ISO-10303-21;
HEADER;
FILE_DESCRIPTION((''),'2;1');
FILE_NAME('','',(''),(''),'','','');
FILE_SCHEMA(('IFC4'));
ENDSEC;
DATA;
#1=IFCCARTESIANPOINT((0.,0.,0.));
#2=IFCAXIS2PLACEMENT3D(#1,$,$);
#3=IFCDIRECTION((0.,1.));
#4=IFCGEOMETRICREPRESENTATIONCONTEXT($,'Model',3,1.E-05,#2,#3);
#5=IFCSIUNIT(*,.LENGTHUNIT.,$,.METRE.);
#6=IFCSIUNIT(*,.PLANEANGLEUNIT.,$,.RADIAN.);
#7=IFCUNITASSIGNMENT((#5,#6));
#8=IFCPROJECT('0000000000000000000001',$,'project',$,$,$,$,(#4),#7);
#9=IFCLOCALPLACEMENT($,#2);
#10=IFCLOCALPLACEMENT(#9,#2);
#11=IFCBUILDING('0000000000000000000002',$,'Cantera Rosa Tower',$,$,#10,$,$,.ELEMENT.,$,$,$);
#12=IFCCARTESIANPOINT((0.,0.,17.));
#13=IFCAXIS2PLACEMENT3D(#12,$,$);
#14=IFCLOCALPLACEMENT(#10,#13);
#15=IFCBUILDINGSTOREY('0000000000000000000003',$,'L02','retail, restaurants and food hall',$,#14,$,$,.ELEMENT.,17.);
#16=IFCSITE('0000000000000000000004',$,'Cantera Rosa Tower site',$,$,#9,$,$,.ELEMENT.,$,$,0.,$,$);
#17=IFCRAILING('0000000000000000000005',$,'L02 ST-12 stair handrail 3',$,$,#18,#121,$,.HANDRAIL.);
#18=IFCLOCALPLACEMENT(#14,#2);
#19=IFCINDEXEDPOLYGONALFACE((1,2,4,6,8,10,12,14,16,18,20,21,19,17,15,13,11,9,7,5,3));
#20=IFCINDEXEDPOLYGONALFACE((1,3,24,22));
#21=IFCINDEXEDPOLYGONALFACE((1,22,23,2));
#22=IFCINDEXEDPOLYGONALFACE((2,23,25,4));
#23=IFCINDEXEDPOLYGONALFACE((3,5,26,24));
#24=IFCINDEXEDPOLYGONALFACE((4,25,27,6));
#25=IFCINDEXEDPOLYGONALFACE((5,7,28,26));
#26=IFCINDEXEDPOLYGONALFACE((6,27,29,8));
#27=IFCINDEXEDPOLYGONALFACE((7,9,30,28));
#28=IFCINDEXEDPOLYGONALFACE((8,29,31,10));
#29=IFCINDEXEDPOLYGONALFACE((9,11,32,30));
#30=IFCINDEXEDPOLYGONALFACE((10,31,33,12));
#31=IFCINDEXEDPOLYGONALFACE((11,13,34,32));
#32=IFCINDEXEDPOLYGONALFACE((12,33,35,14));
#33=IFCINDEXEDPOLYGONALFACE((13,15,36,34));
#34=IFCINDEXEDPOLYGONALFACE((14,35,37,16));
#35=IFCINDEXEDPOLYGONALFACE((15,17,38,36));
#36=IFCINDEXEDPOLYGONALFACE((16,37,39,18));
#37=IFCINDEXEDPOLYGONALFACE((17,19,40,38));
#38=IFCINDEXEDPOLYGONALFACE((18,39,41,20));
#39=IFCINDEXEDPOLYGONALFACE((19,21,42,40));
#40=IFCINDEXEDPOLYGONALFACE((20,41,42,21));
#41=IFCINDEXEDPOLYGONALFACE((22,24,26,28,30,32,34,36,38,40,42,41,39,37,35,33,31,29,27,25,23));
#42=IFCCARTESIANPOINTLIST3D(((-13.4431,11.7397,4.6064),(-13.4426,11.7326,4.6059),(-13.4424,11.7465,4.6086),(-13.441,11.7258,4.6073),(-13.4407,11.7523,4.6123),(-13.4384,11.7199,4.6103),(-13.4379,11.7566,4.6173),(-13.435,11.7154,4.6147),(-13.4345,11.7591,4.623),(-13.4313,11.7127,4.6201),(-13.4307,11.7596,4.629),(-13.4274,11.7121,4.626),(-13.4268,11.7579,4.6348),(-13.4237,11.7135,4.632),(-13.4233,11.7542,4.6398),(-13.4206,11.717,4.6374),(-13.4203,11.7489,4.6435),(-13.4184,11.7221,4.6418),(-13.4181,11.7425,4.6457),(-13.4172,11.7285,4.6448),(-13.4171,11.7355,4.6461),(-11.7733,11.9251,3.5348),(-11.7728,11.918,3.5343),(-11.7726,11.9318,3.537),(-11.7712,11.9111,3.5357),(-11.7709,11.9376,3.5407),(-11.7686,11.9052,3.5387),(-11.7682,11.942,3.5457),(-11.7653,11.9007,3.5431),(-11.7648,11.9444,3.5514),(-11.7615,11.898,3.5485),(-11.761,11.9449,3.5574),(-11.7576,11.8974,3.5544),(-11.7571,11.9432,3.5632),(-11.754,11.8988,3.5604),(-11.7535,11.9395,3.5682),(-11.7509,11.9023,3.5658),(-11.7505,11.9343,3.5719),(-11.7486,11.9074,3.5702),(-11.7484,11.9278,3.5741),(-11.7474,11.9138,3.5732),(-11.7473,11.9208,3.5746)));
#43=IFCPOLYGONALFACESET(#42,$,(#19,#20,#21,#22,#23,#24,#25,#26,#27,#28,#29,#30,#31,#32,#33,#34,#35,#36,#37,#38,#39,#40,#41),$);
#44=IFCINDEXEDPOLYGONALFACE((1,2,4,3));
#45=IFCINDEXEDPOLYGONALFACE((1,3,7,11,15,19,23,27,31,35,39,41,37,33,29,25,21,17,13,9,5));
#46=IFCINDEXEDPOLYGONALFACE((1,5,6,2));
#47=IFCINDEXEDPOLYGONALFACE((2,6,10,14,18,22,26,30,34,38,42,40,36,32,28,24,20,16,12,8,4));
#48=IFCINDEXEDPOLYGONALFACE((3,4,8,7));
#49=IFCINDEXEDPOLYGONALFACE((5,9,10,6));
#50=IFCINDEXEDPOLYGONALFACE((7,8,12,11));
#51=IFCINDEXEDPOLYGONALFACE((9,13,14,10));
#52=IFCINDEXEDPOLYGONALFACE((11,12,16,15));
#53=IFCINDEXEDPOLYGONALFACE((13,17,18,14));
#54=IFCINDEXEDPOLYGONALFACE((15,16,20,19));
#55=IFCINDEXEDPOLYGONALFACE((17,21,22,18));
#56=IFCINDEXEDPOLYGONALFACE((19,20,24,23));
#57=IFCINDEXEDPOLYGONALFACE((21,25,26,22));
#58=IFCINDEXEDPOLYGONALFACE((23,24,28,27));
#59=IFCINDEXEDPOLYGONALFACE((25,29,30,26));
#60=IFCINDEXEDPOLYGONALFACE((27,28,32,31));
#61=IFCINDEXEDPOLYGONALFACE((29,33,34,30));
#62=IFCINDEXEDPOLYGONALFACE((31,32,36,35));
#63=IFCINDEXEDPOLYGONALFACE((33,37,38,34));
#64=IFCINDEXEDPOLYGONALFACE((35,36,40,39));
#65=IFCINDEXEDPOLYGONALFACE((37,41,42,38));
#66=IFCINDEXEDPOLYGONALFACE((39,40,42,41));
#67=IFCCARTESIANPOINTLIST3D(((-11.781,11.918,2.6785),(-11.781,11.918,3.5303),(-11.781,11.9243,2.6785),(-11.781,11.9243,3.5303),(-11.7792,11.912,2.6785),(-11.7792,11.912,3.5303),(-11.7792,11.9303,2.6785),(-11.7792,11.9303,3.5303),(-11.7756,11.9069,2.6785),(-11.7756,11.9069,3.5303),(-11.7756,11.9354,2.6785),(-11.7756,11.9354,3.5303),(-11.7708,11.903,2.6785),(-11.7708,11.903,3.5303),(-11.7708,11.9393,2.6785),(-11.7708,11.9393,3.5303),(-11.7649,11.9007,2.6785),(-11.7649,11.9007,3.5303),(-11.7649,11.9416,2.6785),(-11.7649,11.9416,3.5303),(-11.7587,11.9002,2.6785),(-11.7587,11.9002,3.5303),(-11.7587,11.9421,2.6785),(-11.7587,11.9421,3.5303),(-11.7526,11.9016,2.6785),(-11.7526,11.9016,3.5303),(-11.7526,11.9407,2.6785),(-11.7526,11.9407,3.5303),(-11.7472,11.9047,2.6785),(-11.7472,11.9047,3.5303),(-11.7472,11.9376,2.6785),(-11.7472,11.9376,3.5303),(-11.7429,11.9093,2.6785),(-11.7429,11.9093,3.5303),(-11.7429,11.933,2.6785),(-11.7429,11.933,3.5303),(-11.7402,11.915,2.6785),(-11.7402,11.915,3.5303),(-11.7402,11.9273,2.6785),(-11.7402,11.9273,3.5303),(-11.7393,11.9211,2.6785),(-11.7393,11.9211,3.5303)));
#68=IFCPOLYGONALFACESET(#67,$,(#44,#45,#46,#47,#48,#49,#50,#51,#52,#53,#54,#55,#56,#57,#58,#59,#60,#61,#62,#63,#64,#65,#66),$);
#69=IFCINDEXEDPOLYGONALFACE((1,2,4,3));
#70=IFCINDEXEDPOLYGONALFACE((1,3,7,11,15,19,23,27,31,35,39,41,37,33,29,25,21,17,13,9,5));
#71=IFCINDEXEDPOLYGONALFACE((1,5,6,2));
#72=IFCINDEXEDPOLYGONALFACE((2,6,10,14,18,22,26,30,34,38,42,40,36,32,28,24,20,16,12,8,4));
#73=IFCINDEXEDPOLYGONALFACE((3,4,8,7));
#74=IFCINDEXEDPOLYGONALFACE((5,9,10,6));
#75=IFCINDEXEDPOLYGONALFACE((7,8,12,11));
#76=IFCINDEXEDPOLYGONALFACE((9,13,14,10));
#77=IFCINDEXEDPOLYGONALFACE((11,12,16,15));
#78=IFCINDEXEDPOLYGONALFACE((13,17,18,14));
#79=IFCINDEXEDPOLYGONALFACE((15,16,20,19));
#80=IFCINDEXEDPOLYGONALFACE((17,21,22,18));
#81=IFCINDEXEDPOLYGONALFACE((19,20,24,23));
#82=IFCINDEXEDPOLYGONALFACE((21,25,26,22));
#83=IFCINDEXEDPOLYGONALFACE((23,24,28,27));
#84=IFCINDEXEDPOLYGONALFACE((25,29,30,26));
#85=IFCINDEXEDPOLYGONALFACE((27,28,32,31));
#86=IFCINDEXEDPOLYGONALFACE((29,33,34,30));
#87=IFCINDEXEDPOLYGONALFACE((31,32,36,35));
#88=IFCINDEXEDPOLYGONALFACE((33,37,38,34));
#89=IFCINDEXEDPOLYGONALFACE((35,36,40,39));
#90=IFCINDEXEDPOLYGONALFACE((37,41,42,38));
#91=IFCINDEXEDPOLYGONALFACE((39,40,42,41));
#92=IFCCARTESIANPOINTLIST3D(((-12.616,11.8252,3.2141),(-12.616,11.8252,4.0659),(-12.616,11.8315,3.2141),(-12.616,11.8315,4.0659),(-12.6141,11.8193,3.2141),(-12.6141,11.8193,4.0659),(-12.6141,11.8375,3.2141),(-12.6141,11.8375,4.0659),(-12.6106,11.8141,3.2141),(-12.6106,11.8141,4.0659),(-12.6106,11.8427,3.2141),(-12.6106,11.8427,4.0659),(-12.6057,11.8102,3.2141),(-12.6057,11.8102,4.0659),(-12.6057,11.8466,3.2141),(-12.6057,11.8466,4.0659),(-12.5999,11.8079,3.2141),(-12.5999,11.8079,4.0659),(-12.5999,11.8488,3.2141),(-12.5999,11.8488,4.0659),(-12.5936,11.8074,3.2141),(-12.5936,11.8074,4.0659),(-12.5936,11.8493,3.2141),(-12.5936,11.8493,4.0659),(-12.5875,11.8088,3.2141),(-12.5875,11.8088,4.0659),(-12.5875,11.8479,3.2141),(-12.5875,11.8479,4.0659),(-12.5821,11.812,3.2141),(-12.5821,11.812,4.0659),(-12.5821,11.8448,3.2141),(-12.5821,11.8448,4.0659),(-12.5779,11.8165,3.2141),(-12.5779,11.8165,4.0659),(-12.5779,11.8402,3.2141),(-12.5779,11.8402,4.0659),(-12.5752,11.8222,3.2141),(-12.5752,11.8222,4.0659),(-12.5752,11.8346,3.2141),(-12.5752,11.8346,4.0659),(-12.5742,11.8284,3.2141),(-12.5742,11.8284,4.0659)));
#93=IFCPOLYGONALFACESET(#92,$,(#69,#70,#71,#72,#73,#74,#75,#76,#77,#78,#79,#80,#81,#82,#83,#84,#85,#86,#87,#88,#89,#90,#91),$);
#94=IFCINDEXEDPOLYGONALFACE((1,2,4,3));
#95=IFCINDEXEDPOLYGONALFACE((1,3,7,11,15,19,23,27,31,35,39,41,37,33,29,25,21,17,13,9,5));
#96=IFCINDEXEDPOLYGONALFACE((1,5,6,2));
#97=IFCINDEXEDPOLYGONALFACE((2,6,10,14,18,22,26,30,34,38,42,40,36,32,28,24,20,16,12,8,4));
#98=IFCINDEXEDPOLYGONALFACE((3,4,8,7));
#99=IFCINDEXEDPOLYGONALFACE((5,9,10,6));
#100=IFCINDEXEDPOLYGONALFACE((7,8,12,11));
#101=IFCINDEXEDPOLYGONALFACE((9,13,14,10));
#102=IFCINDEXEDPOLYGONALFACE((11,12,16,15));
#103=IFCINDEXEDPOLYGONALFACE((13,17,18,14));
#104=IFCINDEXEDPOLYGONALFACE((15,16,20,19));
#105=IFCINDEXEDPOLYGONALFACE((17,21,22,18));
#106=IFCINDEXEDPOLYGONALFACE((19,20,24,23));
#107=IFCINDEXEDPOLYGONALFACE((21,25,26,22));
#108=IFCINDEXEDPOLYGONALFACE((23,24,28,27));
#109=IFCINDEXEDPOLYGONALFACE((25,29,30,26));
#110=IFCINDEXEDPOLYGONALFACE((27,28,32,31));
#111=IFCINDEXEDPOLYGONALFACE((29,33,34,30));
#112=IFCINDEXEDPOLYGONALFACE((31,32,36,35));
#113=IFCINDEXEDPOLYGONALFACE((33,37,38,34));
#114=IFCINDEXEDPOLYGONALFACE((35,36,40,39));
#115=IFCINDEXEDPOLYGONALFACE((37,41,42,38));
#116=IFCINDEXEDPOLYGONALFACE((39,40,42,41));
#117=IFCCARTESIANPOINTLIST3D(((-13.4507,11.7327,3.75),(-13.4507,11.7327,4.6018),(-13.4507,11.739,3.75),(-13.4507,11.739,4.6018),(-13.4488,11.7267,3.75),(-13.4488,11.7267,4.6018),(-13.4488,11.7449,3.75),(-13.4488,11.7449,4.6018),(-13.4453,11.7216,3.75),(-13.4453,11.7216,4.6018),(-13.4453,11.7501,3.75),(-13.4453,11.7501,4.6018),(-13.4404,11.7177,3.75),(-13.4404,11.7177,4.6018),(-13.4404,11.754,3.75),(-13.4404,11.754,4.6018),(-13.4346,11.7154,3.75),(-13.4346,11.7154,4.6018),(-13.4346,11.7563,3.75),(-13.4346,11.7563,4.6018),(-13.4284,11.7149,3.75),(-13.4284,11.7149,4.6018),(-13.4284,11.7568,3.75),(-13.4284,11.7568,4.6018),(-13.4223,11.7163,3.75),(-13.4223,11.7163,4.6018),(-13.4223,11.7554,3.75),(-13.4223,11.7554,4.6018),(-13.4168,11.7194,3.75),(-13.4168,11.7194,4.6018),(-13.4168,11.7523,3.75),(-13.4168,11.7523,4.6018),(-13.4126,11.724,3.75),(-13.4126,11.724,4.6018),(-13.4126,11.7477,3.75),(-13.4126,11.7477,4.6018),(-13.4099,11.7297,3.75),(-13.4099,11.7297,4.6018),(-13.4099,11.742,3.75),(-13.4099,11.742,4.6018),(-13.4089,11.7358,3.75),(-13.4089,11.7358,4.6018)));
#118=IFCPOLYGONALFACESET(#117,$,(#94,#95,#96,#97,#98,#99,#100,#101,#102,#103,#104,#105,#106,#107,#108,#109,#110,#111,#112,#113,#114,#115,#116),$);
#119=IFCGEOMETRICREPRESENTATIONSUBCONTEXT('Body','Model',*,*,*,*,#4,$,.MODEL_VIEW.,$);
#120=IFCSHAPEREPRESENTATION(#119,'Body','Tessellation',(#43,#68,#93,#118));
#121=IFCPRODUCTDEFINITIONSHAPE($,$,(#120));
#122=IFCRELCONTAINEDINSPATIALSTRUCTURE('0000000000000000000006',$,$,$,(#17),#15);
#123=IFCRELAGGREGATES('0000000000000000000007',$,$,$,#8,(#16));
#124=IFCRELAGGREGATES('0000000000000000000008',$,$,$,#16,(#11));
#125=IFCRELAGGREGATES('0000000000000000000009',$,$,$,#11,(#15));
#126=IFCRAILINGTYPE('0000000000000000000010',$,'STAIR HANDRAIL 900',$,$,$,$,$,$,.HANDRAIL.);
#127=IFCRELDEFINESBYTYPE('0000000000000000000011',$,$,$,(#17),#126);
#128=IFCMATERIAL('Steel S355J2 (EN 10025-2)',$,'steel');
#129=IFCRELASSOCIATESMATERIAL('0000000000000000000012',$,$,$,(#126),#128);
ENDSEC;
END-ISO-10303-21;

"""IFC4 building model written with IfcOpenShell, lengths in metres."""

from ifc_helpers import new_model, si_unit, direction, frame, origin, origin_2d, place, context, subcontext, project, spatial, circle, extrude, material, type_object, element, save


model = new_model("IFC4")

# Units and contexts
model_context = context("Model", 3, precision=1e-05, world=origin(), true_north=direction((0.0, 1.0)))
body_context = subcontext(model_context, "Body", "Model", "MODEL_VIEW")
ifc_project = project(units=[si_unit("LENGTHUNIT", "METRE"), si_unit("PLANEANGLEUNIT", "RADIAN")], contexts=[model_context])

# Site, building, storey
site_placement = place(None, origin())
site = spatial("IfcSite", under=ifc_project, at=site_placement, Name="Cantera Rosa Tower site", CompositionType="ELEMENT", RefElevation=0.0)
building_placement = place(site_placement, origin())
building = spatial("IfcBuilding", under=site, at=building_placement, Name="Cantera Rosa Tower", CompositionType="ELEMENT")
storey_placement = place(building_placement, frame((0.0, 0.0, 17.0)))
storey = spatial("IfcBuildingStorey", under=building, at=storey_placement, Name="L02", Description="retail, restaurants and food hall", CompositionType="ELEMENT", Elevation=17.0)

# Railing
ifc_material_1 = material(Name="Steel S355J2 (EN 10025-2)", Category="steel")
railing_type_1 = type_object("IfcRailingType", Name="STAIR HANDRAIL 900", PredefinedType="HANDRAIL", material=ifc_material_1)
for number, where, name in (
    (1, (-11.7603, 11.9211, 2.6785), "L02 ST-12 stair handrail 3"),
):
    element("IfcRailing", number, at=place(storey_placement, frame(where)), inside=storey, type_object=railing_type_1, Name=name, PredefinedType="HANDRAIL", context=body_context, shape_type="SweptSolid", body=[
        extrude(circle(Radius=0.0239, at=origin_2d()), frame((0.0, 0.0, 0.876), z_axis=(-0.837951, -0.092997, 0.537764), x_axis=(0.110304, -0.993898, 0.0)), (0.0, 0.0, 1.0), 1.9927),
        extrude(circle(Radius=0.021, at=origin_2d()), origin(), (0.0, 0.0, 1.0), 0.8518),
        extrude(circle(Radius=0.021, at=origin_2d()), frame((-0.835, -0.0928, 0.5356)), (0.0, 0.0, 1.0), 0.8518),
        extrude(circle(Radius=0.021, at=origin_2d()), frame((-1.6697, -0.1853, 1.0715)), (0.0, 0.0, 1.0), 0.8518),
    ])

save(model, "model.ifc")
